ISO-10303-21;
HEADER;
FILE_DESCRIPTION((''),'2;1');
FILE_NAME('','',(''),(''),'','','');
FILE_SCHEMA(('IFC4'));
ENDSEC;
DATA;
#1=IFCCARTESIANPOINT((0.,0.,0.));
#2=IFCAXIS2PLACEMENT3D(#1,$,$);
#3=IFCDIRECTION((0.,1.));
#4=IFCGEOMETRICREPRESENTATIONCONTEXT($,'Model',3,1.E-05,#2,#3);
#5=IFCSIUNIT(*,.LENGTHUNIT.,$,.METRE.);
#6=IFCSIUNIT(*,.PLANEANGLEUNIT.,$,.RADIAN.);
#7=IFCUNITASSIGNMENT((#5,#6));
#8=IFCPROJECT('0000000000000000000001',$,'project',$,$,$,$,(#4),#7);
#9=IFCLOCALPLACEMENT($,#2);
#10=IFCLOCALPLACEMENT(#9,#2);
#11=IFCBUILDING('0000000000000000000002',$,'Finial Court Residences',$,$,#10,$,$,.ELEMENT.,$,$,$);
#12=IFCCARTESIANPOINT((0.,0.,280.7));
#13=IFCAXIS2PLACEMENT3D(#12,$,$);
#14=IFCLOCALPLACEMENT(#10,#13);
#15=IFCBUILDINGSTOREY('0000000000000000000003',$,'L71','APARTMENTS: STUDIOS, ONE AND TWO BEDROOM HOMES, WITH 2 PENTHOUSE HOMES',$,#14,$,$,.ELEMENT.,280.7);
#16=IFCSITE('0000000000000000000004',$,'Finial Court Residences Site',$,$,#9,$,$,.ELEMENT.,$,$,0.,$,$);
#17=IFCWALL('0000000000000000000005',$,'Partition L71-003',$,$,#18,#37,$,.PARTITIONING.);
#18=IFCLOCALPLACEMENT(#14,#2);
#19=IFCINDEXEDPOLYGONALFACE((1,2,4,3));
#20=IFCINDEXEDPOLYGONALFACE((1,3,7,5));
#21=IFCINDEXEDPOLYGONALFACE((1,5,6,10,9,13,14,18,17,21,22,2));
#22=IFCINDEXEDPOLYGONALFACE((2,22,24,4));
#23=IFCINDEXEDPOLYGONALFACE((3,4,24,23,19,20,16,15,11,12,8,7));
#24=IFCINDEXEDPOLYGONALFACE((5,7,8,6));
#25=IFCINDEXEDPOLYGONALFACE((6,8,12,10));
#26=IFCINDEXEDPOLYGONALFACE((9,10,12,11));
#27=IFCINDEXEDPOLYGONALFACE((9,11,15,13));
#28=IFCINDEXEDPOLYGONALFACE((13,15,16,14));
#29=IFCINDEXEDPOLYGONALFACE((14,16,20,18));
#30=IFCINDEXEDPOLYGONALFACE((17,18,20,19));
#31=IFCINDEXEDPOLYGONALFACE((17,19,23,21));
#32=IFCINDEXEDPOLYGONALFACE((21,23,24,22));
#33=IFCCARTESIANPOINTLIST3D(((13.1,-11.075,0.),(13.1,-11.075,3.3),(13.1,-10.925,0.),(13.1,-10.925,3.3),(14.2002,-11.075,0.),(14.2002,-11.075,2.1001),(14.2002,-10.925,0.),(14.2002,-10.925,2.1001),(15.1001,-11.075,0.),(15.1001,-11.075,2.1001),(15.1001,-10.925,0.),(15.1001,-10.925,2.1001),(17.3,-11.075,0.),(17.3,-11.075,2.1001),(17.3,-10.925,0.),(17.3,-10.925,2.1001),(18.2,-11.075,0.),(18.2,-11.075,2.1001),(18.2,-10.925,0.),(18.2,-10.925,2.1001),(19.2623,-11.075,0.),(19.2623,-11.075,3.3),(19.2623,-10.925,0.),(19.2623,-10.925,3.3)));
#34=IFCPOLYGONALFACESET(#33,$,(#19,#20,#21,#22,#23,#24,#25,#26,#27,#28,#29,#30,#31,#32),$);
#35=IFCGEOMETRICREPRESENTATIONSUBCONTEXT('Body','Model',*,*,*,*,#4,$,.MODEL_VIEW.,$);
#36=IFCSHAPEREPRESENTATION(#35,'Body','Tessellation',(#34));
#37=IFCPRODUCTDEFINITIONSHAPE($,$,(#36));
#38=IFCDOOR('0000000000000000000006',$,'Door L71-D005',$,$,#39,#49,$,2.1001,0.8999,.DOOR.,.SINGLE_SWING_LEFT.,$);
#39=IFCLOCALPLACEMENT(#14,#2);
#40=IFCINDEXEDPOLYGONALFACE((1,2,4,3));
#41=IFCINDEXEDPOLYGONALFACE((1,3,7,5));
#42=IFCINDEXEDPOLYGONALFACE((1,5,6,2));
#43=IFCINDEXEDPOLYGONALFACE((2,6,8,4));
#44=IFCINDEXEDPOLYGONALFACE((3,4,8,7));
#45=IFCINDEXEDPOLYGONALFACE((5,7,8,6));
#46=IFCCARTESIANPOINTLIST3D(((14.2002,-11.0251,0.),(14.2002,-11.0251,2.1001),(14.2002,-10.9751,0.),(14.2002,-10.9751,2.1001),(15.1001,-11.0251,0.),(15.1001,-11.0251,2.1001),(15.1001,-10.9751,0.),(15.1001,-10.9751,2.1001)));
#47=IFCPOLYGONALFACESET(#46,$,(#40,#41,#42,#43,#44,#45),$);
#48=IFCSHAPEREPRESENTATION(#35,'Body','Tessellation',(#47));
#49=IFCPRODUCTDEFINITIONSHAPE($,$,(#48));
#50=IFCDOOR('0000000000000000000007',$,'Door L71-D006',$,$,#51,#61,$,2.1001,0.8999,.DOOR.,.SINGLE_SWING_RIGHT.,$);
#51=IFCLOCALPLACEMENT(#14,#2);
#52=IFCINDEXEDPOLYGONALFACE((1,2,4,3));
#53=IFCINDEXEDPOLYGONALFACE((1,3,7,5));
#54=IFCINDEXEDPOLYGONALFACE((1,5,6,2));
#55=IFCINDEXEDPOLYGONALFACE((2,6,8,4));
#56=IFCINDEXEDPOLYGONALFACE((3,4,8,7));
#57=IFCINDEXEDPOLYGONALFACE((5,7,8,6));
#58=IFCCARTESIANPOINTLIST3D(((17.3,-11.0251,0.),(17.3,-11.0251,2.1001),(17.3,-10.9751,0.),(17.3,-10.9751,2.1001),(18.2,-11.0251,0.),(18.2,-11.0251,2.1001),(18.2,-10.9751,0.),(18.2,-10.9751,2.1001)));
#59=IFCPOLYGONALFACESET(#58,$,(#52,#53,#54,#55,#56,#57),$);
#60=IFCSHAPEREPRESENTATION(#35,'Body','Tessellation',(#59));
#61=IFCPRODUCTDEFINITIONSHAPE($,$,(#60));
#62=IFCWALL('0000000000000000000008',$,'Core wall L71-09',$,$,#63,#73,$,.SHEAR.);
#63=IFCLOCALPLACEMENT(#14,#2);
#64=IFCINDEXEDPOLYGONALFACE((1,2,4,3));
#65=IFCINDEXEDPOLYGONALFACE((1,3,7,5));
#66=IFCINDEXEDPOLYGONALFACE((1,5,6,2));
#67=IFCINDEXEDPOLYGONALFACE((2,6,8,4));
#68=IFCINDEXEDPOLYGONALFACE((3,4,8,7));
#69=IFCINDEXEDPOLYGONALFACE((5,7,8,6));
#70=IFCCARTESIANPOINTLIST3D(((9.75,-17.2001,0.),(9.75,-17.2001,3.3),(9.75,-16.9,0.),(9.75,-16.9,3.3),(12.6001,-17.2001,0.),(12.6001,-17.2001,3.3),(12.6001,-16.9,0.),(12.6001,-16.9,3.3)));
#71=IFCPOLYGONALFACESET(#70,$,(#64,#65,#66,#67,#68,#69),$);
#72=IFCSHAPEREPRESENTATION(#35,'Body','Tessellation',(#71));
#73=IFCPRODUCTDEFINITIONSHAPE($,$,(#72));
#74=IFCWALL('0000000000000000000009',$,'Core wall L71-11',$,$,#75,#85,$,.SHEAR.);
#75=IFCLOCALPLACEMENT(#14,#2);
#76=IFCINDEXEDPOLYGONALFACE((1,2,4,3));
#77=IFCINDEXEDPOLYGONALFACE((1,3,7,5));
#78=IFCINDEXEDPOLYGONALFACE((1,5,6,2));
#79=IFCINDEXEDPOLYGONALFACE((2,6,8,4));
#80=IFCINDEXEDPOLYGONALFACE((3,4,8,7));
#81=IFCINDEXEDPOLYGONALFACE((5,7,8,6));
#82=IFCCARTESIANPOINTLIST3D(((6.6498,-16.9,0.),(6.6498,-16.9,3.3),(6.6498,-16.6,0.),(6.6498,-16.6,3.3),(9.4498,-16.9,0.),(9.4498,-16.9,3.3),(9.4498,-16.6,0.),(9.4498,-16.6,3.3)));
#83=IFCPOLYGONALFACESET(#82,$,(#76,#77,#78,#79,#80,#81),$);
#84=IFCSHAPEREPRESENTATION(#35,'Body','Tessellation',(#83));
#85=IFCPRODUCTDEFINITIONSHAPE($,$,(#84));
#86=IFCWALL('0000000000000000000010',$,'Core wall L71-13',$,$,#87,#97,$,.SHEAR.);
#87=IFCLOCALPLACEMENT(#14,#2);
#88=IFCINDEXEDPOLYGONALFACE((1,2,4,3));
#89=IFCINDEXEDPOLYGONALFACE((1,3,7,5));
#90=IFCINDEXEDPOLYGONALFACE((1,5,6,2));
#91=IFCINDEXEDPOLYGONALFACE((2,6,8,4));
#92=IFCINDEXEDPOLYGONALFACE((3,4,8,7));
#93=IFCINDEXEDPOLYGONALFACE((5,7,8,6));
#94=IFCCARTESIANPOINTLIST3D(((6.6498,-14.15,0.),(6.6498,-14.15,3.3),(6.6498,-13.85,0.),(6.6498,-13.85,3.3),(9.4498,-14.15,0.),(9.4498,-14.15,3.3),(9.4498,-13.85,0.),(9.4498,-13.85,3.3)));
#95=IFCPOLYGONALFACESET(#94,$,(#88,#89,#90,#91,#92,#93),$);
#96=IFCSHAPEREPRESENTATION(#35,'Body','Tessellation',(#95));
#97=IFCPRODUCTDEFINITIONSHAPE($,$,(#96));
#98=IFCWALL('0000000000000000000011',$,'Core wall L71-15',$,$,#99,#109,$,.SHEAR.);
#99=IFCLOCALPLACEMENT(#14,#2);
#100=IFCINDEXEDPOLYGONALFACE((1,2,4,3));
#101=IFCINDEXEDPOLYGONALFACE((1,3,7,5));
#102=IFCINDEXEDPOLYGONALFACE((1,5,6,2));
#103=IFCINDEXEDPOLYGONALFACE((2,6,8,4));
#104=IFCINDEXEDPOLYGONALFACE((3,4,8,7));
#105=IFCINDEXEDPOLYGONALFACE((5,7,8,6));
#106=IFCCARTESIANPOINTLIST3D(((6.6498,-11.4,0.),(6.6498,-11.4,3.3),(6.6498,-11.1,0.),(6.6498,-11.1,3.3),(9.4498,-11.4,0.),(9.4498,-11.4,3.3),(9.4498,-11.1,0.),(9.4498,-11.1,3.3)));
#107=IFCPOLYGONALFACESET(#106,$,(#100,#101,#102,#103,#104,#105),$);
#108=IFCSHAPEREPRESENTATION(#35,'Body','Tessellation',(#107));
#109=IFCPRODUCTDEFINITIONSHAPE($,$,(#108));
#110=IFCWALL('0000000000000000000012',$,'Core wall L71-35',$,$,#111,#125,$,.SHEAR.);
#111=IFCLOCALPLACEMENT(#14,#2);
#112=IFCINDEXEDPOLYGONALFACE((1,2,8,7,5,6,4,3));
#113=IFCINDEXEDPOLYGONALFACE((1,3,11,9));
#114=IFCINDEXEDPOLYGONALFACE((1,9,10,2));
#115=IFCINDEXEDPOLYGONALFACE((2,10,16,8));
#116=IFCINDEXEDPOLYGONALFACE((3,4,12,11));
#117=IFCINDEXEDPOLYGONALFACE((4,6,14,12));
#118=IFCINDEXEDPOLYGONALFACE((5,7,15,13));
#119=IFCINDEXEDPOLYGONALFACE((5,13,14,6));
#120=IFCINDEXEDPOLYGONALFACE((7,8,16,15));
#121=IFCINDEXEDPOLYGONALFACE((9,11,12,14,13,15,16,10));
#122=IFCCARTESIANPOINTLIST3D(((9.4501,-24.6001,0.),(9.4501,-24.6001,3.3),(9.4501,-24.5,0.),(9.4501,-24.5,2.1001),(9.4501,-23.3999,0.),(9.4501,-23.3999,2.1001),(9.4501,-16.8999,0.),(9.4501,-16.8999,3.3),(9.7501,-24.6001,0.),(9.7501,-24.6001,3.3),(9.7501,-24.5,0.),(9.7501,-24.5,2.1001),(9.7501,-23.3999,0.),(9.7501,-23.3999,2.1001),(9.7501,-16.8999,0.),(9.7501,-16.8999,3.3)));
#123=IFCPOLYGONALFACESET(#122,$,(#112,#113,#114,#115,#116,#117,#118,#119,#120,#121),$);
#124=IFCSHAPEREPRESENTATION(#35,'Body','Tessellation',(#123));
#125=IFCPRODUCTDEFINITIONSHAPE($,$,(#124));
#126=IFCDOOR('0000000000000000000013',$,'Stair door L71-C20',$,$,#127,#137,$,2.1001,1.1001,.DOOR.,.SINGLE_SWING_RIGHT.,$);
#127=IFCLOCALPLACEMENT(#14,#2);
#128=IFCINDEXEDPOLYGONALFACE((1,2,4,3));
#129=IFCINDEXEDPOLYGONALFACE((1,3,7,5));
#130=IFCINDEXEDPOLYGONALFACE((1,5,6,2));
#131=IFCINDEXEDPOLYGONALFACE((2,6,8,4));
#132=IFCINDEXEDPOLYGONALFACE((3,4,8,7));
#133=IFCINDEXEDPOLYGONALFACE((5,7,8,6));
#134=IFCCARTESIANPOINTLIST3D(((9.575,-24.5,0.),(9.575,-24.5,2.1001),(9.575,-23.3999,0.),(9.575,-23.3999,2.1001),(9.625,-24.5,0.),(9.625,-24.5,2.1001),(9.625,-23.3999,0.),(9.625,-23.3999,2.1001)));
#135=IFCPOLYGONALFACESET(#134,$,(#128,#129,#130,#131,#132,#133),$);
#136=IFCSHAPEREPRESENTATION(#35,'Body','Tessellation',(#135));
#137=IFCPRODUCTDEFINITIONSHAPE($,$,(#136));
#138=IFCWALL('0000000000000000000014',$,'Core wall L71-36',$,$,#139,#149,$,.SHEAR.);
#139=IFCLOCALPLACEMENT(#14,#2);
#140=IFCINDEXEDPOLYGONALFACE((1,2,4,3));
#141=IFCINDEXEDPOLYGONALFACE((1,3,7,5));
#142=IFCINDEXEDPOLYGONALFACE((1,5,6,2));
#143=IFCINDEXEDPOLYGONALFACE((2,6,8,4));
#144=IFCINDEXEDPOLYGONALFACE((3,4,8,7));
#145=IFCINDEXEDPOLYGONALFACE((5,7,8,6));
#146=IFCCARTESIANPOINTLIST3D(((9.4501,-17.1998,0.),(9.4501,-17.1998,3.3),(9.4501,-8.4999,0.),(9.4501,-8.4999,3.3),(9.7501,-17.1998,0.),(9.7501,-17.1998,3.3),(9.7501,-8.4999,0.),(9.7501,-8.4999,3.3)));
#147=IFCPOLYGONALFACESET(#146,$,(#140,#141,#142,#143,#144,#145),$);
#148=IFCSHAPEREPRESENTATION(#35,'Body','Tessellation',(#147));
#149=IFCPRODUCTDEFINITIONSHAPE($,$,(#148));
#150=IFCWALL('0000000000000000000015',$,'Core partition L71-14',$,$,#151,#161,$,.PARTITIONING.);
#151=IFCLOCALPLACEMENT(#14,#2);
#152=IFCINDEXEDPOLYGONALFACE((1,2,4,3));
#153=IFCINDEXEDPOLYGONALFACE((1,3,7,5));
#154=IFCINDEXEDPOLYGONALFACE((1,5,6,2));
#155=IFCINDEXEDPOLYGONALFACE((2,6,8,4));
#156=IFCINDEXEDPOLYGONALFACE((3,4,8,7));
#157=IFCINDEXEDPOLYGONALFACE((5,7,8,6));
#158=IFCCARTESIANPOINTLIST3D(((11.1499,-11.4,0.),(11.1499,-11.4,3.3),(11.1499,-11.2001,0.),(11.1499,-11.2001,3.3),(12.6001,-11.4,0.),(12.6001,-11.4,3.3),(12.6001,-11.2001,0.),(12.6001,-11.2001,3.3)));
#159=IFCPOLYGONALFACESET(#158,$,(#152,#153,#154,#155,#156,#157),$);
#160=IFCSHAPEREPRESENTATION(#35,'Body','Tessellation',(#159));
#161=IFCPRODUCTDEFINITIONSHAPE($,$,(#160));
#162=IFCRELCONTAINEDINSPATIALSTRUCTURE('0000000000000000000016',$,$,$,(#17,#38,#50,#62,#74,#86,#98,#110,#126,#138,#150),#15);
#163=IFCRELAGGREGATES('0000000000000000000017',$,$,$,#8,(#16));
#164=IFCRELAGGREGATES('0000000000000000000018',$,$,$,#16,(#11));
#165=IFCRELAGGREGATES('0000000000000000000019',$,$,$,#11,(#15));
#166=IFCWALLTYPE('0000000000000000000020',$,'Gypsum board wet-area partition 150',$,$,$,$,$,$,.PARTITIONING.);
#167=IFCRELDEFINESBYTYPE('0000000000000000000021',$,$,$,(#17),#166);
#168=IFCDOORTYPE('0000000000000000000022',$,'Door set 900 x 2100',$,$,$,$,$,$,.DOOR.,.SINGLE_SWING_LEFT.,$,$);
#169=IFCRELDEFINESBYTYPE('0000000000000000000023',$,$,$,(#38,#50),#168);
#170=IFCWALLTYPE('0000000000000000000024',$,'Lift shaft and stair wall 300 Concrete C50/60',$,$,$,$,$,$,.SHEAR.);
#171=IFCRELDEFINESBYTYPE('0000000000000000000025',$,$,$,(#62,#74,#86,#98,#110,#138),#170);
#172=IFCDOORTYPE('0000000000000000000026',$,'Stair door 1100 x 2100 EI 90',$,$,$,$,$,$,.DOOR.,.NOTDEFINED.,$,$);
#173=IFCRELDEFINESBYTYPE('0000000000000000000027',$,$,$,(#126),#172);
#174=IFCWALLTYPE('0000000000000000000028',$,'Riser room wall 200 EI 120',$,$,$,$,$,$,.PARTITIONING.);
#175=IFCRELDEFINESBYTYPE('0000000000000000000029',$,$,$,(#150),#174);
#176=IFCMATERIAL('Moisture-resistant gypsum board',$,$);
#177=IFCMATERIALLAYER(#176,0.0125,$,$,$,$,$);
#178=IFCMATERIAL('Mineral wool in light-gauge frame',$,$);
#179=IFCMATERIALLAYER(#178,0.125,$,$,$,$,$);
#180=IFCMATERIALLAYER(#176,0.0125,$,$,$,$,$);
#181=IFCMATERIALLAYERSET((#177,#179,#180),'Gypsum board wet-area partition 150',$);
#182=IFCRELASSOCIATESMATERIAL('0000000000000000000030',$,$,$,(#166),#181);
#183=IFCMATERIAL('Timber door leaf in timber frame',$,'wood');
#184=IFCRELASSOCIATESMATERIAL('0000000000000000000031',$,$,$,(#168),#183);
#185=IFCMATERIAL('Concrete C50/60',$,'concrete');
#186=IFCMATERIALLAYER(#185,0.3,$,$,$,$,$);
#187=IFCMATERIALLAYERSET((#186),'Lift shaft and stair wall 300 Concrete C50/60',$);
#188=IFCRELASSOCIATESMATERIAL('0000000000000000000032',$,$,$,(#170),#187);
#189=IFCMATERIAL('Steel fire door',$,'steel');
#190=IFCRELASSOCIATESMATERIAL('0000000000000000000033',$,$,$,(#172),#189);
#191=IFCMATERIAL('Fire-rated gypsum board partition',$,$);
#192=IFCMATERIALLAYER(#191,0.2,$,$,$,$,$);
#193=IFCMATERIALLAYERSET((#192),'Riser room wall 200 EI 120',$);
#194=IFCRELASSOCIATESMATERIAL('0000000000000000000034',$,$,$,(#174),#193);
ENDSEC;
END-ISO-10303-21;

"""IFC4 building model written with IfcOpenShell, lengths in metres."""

from ifc_helpers import new_model, si_unit, direction, frame, frame_2d, origin, place, context, subcontext, project, spatial, rectangle, extrude, material, layer, layer_set, type_object, element, fill, save


model = new_model("IFC4")

# Units and contexts
model_context = context("Model", 3, precision=1e-05, world=origin(), true_north=direction((0.0, 1.0)))
body_context = subcontext(model_context, "Body", "Model", "MODEL_VIEW")
ifc_project = project(units=[si_unit("LENGTHUNIT", "METRE"), si_unit("PLANEANGLEUNIT", "RADIAN")], contexts=[model_context])

# Site, building, storey
site_placement = place(None, origin())
site = spatial("IfcSite", under=ifc_project, at=site_placement, Name="Finial Court Residences Site", CompositionType="ELEMENT", RefElevation=0.0)
building_placement = place(site_placement, origin())
building = spatial("IfcBuilding", under=site, at=building_placement, Name="Finial Court Residences", CompositionType="ELEMENT")
storey_placement = place(building_placement, frame((0.0, 0.0, 280.7)))
storey = spatial("IfcBuildingStorey", under=building, at=storey_placement, Name="L71", Description="APARTMENTS: STUDIOS, ONE AND TWO BEDROOM HOMES, WITH 2 PENTHOUSE HOMES", CompositionType="ELEMENT", Elevation=280.7)

# Shared definitions
ifc_material_1 = material(Name="Concrete C50/60", Category="concrete")

# Shared definitions
ifc_material_2 = material(Name="Mineral wool in light-gauge frame")

# Shared definitions
ifc_material_3 = material(Name="Moisture-resistant gypsum board")
ifc_layer_1 = layer(ifc_material_3, 0.0125)
ifc_layer_2 = layer(ifc_material_2, 0.125)
ifc_layer_3 = layer(ifc_material_3, 0.0125)
ifc_layer_set_1 = layer_set([ifc_layer_1, ifc_layer_2, ifc_layer_3], Name="Gypsum board wet-area partition 150")
wall_type_1 = type_object("IfcWallType", Name="Gypsum board wet-area partition 150", PredefinedType="PARTITIONING", material=ifc_layer_set_1)
ifc_material_4 = material(Name="Timber door leaf in timber frame", Category="wood")
door_type_1 = type_object("IfcDoorType", Name="Door set 900 x 2100", OperationType="SINGLE_SWING_LEFT", PredefinedType="DOOR", material=ifc_material_4)

# Wall, openings, doors
wall_1_placement = place(storey_placement, frame((13.1001, -11.0, 0.0), z_axis=(0.0, 0.0, 1.0), x_axis=(1.0, 0.0, 0.0)))
wall_1 = element("IfcWall", 1, at=wall_1_placement, inside=storey, type_object=wall_type_1, Name="Partition L71-003", PredefinedType="PARTITIONING", context=body_context, shape_type="SweptSolid", body=[
    extrude(rectangle(XDim=6.1624, YDim=0.1499, at=frame_2d((3.0811, 0.0))), origin(), (0.0, 0.0, 1.0), 3.3),
])
opening_1_placement = place(wall_1_placement, frame((1.1001, 0.0, 0.0)))
opening_1 = element("IfcOpeningElement", 2, at=opening_1_placement, cuts=wall_1, PredefinedType="OPENING", context=body_context, shape_type="SweptSolid", body=[
    extrude(rectangle(XDim=0.8999, YDim=2.1001, at=frame_2d((0.45, 1.05))), frame((0.0, 0.085, 0.0), z_axis=(0.0, -1.0, 0.0), x_axis=(1.0, 0.0, 0.0)), (0.0, 0.0, 1.0), 0.1699),
])
opening_2_placement = place(wall_1_placement, frame((4.2, 0.0, 0.0)))
opening_2 = element("IfcOpeningElement", 3, at=opening_2_placement, cuts=wall_1, PredefinedType="OPENING", context=body_context, shape_type="SweptSolid", body=[
    extrude(rectangle(XDim=0.8999, YDim=2.1001, at=frame_2d((0.45, 1.05))), frame((0.0, 0.085, 0.0), z_axis=(0.0, -1.0, 0.0), x_axis=(1.0, 0.0, 0.0)), (0.0, 0.0, 1.0), 0.1699),
])
door_1_placement = place(opening_1_placement, origin())
door_1 = element("IfcDoor", 4, at=door_1_placement, inside=storey, type_object=door_type_1, Name="Door L71-D005", OperationType="SINGLE_SWING_LEFT", OverallHeight=2.1001, OverallWidth=0.8999, PredefinedType="DOOR", context=body_context, shape_type="SweptSolid", body=[
    extrude(rectangle(XDim=0.8999, YDim=2.1001, at=frame_2d((0.45, 1.05))), frame((0.0, 0.0249, 0.0), z_axis=(0.0, -1.0, 0.0), x_axis=(1.0, 0.0, 0.0)), (0.0, 0.0, 1.0), 0.05),
])
fill(opening_1, door_1)
door_2_placement = place(opening_2_placement, origin())
door_2 = element("IfcDoor", 5, at=door_2_placement, inside=storey, type_object=door_type_1, Name="Door L71-D006", OperationType="SINGLE_SWING_RIGHT", OverallHeight=2.1001, OverallWidth=0.8999, PredefinedType="DOOR", context=body_context, shape_type="SweptSolid", body=[
    extrude(rectangle(XDim=0.8999, YDim=2.1001, at=frame_2d((0.45, 1.05))), frame((0.0, 0.0249, 0.0), z_axis=(0.0, -1.0, 0.0), x_axis=(1.0, 0.0, 0.0)), (0.0, 0.0, 1.0), 0.05),
])
fill(opening_2, door_2)

# Walls
ifc_layer_4 = layer(ifc_material_1, 0.3)
ifc_layer_set_2 = layer_set([ifc_layer_4], Name="Lift shaft and stair wall 300 Concrete C50/60")
wall_type_2 = type_object("IfcWallType", Name="Lift shaft and stair wall 300 Concrete C50/60", PredefinedType="SHEAR", material=ifc_layer_set_2)
wall_2_placement = place(storey_placement, frame((9.75, -17.05, 0.0), z_axis=(0.0, 0.0, 1.0), x_axis=(1.0, 0.0, 0.0)))
element("IfcWall", 6, at=wall_2_placement, inside=storey, type_object=wall_type_2, Name="Core wall L71-09", PredefinedType="SHEAR", context=body_context, shape_type="SweptSolid", body=[
    extrude(rectangle(XDim=2.8501, YDim=0.3, at=frame_2d((1.425, 0.0))), origin(), (0.0, 0.0, 1.0), 3.3),
])
for number, where, z_axis, x_axis, name in (
    (7, (6.6499, -16.75, 0.0), (0.0, 0.0, 1.0), (1.0, 0.0, 0.0), "Core wall L71-11"),
    (8, (6.6499, -14.0, 0.0), (0.0, 0.0, 1.0), (1.0, 0.0, 0.0), "Core wall L71-13"),
    (9, (6.6499, -11.25, 0.0), (0.0, 0.0, 1.0), (1.0, 0.0, 0.0), "Core wall L71-15"),
):
    element("IfcWall", number, at=place(storey_placement, frame(where, z_axis=z_axis, x_axis=x_axis)), inside=storey, type_object=wall_type_2, Name=name, PredefinedType="SHEAR", context=body_context, shape_type="SweptSolid", body=[
        extrude(rectangle(XDim=2.8, YDim=0.3, at=frame_2d((1.3999, 0.0))), origin(), (0.0, 0.0, 1.0), 3.3),
    ])

# Wall, opening, door
wall_3_placement = place(storey_placement, frame((9.6001, -16.8999, 0.0), z_axis=(0.0, 0.0, 1.0), x_axis=(0.0, -1.0, 0.0)))
wall_3 = element("IfcWall", 10, at=wall_3_placement, inside=storey, type_object=wall_type_2, Name="Core wall L71-35", PredefinedType="SHEAR", context=body_context, shape_type="SweptSolid", body=[
    extrude(rectangle(XDim=7.7002, YDim=0.3, at=frame_2d((3.8501, 0.0))), origin(), (0.0, 0.0, 1.0), 3.3),
])
opening_3_placement = place(wall_3_placement, frame((6.5, 0.0, 0.0)))
opening_3 = element("IfcOpeningElement", 11, at=opening_3_placement, cuts=wall_3, PredefinedType="OPENING", context=body_context, shape_type="SweptSolid", body=[
    extrude(rectangle(XDim=1.1001, YDim=2.1001, at=frame_2d((0.55, 1.05))), frame((0.0, 0.1599, 0.0), z_axis=(0.0, -1.0, 0.0), x_axis=(1.0, 0.0, 0.0)), (0.0, 0.0, 1.0), 0.3201),
])
ifc_material_5 = material(Name="Steel fire door", Category="steel")
door_type_2 = type_object("IfcDoorType", Name="Stair door 1100 x 2100 EI 90", OperationType="NOTDEFINED", PredefinedType="DOOR", material=ifc_material_5)
door_3_placement = place(opening_3_placement, origin())
door_3 = element("IfcDoor", 12, at=door_3_placement, inside=storey, type_object=door_type_2, Name="Stair door L71-C20", OperationType="SINGLE_SWING_RIGHT", OverallHeight=2.1001, OverallWidth=1.1001, PredefinedType="DOOR", context=body_context, shape_type="SweptSolid", body=[
    extrude(rectangle(XDim=1.1001, YDim=2.1001, at=frame_2d((0.55, 1.05))), frame((0.0, 0.0249, 0.0), z_axis=(0.0, -1.0, 0.0), x_axis=(1.0, 0.0, 0.0)), (0.0, 0.0, 1.0), 0.05),
])
fill(opening_3, door_3)

# Walls
wall_4_placement = place(storey_placement, frame((9.6001, -17.2, 0.0), z_axis=(0.0, 0.0, 1.0), x_axis=(0.0, 1.0, 0.0)))
element("IfcWall", 13, at=wall_4_placement, inside=storey, type_object=wall_type_2, Name="Core wall L71-36", PredefinedType="SHEAR", context=body_context, shape_type="SweptSolid", body=[
    extrude(rectangle(XDim=8.7, YDim=0.3, at=frame_2d((4.3501, 0.0))), origin(), (0.0, 0.0, 1.0), 3.3),
])
ifc_material_6 = material(Name="Fire-rated gypsum board partition")
ifc_layer_5 = layer(ifc_material_6, 0.2)
ifc_layer_set_3 = layer_set([ifc_layer_5], Name="Riser room wall 200 EI 120")
wall_type_3 = type_object("IfcWallType", Name="Riser room wall 200 EI 120", PredefinedType="PARTITIONING", material=ifc_layer_set_3)
wall_5_placement = place(storey_placement, frame((11.1499, -11.3, 0.0), z_axis=(0.0, 0.0, 1.0), x_axis=(1.0, 0.0, 0.0)))
element("IfcWall", 14, at=wall_5_placement, inside=storey, type_object=wall_type_3, Name="Core partition L71-14", PredefinedType="PARTITIONING", context=body_context, shape_type="SweptSolid", body=[
    extrude(rectangle(XDim=1.4502, YDim=0.2, at=frame_2d((0.7251, 0.0))), origin(), (0.0, 0.0, 1.0), 3.3),
])

save(model, "model.ifc")
